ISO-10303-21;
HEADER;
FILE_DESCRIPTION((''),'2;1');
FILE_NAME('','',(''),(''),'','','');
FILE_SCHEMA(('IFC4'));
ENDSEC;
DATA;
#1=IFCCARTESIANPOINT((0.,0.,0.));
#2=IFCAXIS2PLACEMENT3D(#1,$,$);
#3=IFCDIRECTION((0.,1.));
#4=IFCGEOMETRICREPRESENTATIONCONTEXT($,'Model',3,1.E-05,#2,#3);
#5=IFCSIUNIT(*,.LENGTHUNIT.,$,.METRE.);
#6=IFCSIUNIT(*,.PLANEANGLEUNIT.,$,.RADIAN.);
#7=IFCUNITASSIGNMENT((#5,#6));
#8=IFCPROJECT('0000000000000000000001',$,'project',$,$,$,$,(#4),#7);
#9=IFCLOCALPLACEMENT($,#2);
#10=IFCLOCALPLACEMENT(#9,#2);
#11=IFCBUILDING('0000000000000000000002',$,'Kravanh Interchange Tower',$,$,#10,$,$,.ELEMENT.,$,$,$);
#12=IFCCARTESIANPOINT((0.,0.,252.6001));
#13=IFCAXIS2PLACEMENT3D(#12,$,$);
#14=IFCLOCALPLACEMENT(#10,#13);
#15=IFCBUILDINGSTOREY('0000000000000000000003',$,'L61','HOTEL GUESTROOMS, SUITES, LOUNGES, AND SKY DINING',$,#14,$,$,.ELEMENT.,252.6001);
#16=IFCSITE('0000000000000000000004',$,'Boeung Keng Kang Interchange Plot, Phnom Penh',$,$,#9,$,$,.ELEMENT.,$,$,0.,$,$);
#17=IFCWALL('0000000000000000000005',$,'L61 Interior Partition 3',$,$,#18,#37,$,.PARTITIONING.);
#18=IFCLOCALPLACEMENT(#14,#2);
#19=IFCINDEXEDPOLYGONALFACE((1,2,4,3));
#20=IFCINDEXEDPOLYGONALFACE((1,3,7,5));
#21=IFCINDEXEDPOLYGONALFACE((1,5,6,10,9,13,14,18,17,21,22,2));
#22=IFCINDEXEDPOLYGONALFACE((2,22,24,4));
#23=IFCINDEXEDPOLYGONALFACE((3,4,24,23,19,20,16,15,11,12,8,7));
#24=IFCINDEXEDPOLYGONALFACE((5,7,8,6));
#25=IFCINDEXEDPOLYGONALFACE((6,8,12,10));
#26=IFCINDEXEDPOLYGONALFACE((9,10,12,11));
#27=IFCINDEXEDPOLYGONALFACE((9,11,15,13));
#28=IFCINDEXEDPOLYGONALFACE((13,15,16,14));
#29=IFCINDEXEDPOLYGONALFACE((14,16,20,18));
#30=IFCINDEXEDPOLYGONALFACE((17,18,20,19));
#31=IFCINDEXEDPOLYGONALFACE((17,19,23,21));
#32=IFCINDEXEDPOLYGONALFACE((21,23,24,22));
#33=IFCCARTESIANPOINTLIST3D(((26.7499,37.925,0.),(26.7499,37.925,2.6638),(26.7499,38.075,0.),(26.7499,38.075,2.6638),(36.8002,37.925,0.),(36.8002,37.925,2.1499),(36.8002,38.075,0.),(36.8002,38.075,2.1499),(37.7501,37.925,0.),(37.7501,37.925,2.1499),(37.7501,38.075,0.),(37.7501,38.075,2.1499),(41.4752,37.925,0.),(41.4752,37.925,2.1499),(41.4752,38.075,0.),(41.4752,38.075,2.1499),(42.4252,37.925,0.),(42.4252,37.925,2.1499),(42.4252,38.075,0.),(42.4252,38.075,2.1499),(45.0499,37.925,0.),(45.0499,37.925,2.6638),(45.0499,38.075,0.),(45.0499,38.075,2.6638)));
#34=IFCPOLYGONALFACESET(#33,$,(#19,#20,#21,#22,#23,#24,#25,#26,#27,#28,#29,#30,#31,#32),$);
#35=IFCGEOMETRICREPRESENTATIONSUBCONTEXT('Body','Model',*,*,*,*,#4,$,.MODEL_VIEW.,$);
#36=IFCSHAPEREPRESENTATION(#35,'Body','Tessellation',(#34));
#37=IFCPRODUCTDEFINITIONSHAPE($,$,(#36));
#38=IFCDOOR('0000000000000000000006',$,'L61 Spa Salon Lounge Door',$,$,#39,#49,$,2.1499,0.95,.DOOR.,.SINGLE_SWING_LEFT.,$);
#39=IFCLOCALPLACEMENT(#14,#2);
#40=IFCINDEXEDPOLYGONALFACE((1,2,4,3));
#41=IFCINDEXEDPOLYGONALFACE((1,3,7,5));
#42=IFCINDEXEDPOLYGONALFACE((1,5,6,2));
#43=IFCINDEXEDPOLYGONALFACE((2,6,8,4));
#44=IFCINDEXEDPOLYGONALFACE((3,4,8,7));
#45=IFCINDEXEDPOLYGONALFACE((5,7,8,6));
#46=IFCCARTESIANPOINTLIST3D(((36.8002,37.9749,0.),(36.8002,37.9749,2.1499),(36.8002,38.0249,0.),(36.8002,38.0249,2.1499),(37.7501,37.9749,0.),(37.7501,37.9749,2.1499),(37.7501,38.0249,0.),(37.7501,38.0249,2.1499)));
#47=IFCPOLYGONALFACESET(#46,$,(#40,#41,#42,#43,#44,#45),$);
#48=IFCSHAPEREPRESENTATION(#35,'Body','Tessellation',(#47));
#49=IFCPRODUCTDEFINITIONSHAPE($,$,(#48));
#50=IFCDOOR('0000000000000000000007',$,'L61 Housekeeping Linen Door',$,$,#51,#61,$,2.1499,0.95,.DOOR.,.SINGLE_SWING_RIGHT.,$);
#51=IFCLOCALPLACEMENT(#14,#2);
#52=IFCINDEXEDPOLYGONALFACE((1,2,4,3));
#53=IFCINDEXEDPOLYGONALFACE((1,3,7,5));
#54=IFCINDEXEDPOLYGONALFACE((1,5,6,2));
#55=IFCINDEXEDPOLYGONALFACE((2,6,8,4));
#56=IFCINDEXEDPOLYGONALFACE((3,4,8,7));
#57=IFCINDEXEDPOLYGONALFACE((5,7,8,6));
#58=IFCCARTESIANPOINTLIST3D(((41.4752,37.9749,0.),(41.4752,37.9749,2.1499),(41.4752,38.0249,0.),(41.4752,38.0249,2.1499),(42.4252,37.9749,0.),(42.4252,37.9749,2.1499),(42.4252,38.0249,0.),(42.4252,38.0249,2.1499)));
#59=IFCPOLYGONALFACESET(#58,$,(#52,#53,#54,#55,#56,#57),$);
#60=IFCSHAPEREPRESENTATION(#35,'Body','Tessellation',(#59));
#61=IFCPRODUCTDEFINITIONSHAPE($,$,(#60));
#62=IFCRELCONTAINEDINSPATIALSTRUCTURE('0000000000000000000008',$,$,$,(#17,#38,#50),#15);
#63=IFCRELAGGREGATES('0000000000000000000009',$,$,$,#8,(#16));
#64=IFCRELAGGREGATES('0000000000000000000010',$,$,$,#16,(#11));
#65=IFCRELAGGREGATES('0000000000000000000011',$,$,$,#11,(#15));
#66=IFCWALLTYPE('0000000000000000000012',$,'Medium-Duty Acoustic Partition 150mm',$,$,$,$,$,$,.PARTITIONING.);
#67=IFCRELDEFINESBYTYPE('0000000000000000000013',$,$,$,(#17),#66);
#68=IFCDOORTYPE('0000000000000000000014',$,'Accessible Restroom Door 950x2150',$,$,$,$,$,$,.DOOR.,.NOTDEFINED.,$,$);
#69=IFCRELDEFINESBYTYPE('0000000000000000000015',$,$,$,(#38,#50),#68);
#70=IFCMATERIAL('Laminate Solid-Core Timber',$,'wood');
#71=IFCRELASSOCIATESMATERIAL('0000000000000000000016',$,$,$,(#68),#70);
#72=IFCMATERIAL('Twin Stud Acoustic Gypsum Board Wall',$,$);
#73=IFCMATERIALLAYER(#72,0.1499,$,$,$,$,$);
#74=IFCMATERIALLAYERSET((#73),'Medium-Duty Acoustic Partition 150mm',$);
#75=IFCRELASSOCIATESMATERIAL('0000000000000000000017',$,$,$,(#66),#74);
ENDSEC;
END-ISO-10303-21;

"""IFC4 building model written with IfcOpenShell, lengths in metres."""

from ifc_helpers import new_model, si_unit, direction, frame, frame_2d, origin, place, context, subcontext, project, spatial, rectangle, extrude, material, layer, layer_set, type_object, element, fill, save


model = new_model("IFC4")

# Units and contexts
model_context = context("Model", 3, precision=1e-05, world=origin(), true_north=direction((0.0, 1.0)))
body_context = subcontext(model_context, "Body", "Model", "MODEL_VIEW")
ifc_project = project(units=[si_unit("LENGTHUNIT", "METRE"), si_unit("PLANEANGLEUNIT", "RADIAN")], contexts=[model_context])

# Site, building, storey
site_placement = place(None, origin())
site = spatial("IfcSite", under=ifc_project, at=site_placement, Name="Boeung Keng Kang Interchange Plot, Phnom Penh", CompositionType="ELEMENT", RefElevation=0.0)
building_placement = place(site_placement, origin())
building = spatial("IfcBuilding", under=site, at=building_placement, Name="Kravanh Interchange Tower", CompositionType="ELEMENT")
storey_placement = place(building_placement, frame((0.0, 0.0, 252.6001)))
storey = spatial("IfcBuildingStorey", under=building, at=storey_placement, Name="L61", Description="HOTEL GUESTROOMS, SUITES, LOUNGES, AND SKY DINING", CompositionType="ELEMENT", Elevation=252.6001)

# Wall, openings, doors
ifc_material_1 = material(Name="Laminate Solid-Core Timber", Category="wood")
door_type_1 = type_object("IfcDoorType", Name="Accessible Restroom Door 950x2150", OperationType="NOTDEFINED", PredefinedType="DOOR", material=ifc_material_1)
ifc_material_2 = material(Name="Twin Stud Acoustic Gypsum Board Wall")
ifc_layer_1 = layer(ifc_material_2, 0.1499)
ifc_layer_set_1 = layer_set([ifc_layer_1], Name="Medium-Duty Acoustic Partition 150mm")
wall_type_1 = type_object("IfcWallType", Name="Medium-Duty Acoustic Partition 150mm", PredefinedType="PARTITIONING", material=ifc_layer_set_1)
wall_1_placement = place(storey_placement, frame((26.75, 38.0, 0.0), z_axis=(0.0, 0.0, 1.0), x_axis=(1.0, 0.0, 0.0)))
wall_1 = element("IfcWall", 1, at=wall_1_placement, inside=storey, type_object=wall_type_1, Name="L61 Interior Partition 3", PredefinedType="PARTITIONING", context=body_context, shape_type="SweptSolid", body=[
    extrude(rectangle(XDim=18.3, YDim=0.1499, at=frame_2d((9.1499, 0.0))), origin(), (0.0, 0.0, 1.0), 2.6638),
])
opening_1_placement = place(wall_1_placement, frame((10.05, 0.0, 0.0)))
opening_1 = element("IfcOpeningElement", 2, at=opening_1_placement, cuts=wall_1, PredefinedType="OPENING", context=body_context, shape_type="SweptSolid", body=[
    extrude(rectangle(XDim=0.95, YDim=2.1499, at=frame_2d((0.4751, 1.075))), frame((0.0, 0.085, 0.0), z_axis=(0.0, -1.0, 0.0), x_axis=(1.0, 0.0, 0.0)), (0.0, 0.0, 1.0), 0.1699),
])
opening_2_placement = place(wall_1_placement, frame((14.7251, 0.0, 0.0)))
opening_2 = element("IfcOpeningElement", 3, at=opening_2_placement, cuts=wall_1, PredefinedType="OPENING", context=body_context, shape_type="SweptSolid", body=[
    extrude(rectangle(XDim=0.95, YDim=2.1499, at=frame_2d((0.4751, 1.075))), frame((0.0, 0.085, 0.0), z_axis=(0.0, -1.0, 0.0), x_axis=(1.0, 0.0, 0.0)), (0.0, 0.0, 1.0), 0.1699),
])
door_1_placement = place(opening_1_placement, origin())
door_1 = element("IfcDoor", 4, at=door_1_placement, inside=storey, type_object=door_type_1, Name="L61 Spa Salon Lounge Door", OperationType="SINGLE_SWING_LEFT", OverallHeight=2.1499, OverallWidth=0.95, PredefinedType="DOOR", context=body_context, shape_type="SweptSolid", body=[
    extrude(rectangle(XDim=0.95, YDim=2.1499, at=frame_2d((0.4751, 1.075))), frame((0.0, 0.0249, 0.0), z_axis=(0.0, -1.0, 0.0), x_axis=(1.0, 0.0, 0.0)), (0.0, 0.0, 1.0), 0.05),
])
fill(opening_1, door_1)
door_2_placement = place(opening_2_placement, origin())
door_2 = element("IfcDoor", 5, at=door_2_placement, inside=storey, type_object=door_type_1, Name="L61 Housekeeping Linen Door", OperationType="SINGLE_SWING_RIGHT", OverallHeight=2.1499, OverallWidth=0.95, PredefinedType="DOOR", context=body_context, shape_type="SweptSolid", body=[
    extrude(rectangle(XDim=0.95, YDim=2.1499, at=frame_2d((0.4751, 1.075))), frame((0.0, 0.0249, 0.0), z_axis=(0.0, -1.0, 0.0), x_axis=(1.0, 0.0, 0.0)), (0.0, 0.0, 1.0), 0.05),
])
fill(opening_2, door_2)

save(model, "model.ifc")
